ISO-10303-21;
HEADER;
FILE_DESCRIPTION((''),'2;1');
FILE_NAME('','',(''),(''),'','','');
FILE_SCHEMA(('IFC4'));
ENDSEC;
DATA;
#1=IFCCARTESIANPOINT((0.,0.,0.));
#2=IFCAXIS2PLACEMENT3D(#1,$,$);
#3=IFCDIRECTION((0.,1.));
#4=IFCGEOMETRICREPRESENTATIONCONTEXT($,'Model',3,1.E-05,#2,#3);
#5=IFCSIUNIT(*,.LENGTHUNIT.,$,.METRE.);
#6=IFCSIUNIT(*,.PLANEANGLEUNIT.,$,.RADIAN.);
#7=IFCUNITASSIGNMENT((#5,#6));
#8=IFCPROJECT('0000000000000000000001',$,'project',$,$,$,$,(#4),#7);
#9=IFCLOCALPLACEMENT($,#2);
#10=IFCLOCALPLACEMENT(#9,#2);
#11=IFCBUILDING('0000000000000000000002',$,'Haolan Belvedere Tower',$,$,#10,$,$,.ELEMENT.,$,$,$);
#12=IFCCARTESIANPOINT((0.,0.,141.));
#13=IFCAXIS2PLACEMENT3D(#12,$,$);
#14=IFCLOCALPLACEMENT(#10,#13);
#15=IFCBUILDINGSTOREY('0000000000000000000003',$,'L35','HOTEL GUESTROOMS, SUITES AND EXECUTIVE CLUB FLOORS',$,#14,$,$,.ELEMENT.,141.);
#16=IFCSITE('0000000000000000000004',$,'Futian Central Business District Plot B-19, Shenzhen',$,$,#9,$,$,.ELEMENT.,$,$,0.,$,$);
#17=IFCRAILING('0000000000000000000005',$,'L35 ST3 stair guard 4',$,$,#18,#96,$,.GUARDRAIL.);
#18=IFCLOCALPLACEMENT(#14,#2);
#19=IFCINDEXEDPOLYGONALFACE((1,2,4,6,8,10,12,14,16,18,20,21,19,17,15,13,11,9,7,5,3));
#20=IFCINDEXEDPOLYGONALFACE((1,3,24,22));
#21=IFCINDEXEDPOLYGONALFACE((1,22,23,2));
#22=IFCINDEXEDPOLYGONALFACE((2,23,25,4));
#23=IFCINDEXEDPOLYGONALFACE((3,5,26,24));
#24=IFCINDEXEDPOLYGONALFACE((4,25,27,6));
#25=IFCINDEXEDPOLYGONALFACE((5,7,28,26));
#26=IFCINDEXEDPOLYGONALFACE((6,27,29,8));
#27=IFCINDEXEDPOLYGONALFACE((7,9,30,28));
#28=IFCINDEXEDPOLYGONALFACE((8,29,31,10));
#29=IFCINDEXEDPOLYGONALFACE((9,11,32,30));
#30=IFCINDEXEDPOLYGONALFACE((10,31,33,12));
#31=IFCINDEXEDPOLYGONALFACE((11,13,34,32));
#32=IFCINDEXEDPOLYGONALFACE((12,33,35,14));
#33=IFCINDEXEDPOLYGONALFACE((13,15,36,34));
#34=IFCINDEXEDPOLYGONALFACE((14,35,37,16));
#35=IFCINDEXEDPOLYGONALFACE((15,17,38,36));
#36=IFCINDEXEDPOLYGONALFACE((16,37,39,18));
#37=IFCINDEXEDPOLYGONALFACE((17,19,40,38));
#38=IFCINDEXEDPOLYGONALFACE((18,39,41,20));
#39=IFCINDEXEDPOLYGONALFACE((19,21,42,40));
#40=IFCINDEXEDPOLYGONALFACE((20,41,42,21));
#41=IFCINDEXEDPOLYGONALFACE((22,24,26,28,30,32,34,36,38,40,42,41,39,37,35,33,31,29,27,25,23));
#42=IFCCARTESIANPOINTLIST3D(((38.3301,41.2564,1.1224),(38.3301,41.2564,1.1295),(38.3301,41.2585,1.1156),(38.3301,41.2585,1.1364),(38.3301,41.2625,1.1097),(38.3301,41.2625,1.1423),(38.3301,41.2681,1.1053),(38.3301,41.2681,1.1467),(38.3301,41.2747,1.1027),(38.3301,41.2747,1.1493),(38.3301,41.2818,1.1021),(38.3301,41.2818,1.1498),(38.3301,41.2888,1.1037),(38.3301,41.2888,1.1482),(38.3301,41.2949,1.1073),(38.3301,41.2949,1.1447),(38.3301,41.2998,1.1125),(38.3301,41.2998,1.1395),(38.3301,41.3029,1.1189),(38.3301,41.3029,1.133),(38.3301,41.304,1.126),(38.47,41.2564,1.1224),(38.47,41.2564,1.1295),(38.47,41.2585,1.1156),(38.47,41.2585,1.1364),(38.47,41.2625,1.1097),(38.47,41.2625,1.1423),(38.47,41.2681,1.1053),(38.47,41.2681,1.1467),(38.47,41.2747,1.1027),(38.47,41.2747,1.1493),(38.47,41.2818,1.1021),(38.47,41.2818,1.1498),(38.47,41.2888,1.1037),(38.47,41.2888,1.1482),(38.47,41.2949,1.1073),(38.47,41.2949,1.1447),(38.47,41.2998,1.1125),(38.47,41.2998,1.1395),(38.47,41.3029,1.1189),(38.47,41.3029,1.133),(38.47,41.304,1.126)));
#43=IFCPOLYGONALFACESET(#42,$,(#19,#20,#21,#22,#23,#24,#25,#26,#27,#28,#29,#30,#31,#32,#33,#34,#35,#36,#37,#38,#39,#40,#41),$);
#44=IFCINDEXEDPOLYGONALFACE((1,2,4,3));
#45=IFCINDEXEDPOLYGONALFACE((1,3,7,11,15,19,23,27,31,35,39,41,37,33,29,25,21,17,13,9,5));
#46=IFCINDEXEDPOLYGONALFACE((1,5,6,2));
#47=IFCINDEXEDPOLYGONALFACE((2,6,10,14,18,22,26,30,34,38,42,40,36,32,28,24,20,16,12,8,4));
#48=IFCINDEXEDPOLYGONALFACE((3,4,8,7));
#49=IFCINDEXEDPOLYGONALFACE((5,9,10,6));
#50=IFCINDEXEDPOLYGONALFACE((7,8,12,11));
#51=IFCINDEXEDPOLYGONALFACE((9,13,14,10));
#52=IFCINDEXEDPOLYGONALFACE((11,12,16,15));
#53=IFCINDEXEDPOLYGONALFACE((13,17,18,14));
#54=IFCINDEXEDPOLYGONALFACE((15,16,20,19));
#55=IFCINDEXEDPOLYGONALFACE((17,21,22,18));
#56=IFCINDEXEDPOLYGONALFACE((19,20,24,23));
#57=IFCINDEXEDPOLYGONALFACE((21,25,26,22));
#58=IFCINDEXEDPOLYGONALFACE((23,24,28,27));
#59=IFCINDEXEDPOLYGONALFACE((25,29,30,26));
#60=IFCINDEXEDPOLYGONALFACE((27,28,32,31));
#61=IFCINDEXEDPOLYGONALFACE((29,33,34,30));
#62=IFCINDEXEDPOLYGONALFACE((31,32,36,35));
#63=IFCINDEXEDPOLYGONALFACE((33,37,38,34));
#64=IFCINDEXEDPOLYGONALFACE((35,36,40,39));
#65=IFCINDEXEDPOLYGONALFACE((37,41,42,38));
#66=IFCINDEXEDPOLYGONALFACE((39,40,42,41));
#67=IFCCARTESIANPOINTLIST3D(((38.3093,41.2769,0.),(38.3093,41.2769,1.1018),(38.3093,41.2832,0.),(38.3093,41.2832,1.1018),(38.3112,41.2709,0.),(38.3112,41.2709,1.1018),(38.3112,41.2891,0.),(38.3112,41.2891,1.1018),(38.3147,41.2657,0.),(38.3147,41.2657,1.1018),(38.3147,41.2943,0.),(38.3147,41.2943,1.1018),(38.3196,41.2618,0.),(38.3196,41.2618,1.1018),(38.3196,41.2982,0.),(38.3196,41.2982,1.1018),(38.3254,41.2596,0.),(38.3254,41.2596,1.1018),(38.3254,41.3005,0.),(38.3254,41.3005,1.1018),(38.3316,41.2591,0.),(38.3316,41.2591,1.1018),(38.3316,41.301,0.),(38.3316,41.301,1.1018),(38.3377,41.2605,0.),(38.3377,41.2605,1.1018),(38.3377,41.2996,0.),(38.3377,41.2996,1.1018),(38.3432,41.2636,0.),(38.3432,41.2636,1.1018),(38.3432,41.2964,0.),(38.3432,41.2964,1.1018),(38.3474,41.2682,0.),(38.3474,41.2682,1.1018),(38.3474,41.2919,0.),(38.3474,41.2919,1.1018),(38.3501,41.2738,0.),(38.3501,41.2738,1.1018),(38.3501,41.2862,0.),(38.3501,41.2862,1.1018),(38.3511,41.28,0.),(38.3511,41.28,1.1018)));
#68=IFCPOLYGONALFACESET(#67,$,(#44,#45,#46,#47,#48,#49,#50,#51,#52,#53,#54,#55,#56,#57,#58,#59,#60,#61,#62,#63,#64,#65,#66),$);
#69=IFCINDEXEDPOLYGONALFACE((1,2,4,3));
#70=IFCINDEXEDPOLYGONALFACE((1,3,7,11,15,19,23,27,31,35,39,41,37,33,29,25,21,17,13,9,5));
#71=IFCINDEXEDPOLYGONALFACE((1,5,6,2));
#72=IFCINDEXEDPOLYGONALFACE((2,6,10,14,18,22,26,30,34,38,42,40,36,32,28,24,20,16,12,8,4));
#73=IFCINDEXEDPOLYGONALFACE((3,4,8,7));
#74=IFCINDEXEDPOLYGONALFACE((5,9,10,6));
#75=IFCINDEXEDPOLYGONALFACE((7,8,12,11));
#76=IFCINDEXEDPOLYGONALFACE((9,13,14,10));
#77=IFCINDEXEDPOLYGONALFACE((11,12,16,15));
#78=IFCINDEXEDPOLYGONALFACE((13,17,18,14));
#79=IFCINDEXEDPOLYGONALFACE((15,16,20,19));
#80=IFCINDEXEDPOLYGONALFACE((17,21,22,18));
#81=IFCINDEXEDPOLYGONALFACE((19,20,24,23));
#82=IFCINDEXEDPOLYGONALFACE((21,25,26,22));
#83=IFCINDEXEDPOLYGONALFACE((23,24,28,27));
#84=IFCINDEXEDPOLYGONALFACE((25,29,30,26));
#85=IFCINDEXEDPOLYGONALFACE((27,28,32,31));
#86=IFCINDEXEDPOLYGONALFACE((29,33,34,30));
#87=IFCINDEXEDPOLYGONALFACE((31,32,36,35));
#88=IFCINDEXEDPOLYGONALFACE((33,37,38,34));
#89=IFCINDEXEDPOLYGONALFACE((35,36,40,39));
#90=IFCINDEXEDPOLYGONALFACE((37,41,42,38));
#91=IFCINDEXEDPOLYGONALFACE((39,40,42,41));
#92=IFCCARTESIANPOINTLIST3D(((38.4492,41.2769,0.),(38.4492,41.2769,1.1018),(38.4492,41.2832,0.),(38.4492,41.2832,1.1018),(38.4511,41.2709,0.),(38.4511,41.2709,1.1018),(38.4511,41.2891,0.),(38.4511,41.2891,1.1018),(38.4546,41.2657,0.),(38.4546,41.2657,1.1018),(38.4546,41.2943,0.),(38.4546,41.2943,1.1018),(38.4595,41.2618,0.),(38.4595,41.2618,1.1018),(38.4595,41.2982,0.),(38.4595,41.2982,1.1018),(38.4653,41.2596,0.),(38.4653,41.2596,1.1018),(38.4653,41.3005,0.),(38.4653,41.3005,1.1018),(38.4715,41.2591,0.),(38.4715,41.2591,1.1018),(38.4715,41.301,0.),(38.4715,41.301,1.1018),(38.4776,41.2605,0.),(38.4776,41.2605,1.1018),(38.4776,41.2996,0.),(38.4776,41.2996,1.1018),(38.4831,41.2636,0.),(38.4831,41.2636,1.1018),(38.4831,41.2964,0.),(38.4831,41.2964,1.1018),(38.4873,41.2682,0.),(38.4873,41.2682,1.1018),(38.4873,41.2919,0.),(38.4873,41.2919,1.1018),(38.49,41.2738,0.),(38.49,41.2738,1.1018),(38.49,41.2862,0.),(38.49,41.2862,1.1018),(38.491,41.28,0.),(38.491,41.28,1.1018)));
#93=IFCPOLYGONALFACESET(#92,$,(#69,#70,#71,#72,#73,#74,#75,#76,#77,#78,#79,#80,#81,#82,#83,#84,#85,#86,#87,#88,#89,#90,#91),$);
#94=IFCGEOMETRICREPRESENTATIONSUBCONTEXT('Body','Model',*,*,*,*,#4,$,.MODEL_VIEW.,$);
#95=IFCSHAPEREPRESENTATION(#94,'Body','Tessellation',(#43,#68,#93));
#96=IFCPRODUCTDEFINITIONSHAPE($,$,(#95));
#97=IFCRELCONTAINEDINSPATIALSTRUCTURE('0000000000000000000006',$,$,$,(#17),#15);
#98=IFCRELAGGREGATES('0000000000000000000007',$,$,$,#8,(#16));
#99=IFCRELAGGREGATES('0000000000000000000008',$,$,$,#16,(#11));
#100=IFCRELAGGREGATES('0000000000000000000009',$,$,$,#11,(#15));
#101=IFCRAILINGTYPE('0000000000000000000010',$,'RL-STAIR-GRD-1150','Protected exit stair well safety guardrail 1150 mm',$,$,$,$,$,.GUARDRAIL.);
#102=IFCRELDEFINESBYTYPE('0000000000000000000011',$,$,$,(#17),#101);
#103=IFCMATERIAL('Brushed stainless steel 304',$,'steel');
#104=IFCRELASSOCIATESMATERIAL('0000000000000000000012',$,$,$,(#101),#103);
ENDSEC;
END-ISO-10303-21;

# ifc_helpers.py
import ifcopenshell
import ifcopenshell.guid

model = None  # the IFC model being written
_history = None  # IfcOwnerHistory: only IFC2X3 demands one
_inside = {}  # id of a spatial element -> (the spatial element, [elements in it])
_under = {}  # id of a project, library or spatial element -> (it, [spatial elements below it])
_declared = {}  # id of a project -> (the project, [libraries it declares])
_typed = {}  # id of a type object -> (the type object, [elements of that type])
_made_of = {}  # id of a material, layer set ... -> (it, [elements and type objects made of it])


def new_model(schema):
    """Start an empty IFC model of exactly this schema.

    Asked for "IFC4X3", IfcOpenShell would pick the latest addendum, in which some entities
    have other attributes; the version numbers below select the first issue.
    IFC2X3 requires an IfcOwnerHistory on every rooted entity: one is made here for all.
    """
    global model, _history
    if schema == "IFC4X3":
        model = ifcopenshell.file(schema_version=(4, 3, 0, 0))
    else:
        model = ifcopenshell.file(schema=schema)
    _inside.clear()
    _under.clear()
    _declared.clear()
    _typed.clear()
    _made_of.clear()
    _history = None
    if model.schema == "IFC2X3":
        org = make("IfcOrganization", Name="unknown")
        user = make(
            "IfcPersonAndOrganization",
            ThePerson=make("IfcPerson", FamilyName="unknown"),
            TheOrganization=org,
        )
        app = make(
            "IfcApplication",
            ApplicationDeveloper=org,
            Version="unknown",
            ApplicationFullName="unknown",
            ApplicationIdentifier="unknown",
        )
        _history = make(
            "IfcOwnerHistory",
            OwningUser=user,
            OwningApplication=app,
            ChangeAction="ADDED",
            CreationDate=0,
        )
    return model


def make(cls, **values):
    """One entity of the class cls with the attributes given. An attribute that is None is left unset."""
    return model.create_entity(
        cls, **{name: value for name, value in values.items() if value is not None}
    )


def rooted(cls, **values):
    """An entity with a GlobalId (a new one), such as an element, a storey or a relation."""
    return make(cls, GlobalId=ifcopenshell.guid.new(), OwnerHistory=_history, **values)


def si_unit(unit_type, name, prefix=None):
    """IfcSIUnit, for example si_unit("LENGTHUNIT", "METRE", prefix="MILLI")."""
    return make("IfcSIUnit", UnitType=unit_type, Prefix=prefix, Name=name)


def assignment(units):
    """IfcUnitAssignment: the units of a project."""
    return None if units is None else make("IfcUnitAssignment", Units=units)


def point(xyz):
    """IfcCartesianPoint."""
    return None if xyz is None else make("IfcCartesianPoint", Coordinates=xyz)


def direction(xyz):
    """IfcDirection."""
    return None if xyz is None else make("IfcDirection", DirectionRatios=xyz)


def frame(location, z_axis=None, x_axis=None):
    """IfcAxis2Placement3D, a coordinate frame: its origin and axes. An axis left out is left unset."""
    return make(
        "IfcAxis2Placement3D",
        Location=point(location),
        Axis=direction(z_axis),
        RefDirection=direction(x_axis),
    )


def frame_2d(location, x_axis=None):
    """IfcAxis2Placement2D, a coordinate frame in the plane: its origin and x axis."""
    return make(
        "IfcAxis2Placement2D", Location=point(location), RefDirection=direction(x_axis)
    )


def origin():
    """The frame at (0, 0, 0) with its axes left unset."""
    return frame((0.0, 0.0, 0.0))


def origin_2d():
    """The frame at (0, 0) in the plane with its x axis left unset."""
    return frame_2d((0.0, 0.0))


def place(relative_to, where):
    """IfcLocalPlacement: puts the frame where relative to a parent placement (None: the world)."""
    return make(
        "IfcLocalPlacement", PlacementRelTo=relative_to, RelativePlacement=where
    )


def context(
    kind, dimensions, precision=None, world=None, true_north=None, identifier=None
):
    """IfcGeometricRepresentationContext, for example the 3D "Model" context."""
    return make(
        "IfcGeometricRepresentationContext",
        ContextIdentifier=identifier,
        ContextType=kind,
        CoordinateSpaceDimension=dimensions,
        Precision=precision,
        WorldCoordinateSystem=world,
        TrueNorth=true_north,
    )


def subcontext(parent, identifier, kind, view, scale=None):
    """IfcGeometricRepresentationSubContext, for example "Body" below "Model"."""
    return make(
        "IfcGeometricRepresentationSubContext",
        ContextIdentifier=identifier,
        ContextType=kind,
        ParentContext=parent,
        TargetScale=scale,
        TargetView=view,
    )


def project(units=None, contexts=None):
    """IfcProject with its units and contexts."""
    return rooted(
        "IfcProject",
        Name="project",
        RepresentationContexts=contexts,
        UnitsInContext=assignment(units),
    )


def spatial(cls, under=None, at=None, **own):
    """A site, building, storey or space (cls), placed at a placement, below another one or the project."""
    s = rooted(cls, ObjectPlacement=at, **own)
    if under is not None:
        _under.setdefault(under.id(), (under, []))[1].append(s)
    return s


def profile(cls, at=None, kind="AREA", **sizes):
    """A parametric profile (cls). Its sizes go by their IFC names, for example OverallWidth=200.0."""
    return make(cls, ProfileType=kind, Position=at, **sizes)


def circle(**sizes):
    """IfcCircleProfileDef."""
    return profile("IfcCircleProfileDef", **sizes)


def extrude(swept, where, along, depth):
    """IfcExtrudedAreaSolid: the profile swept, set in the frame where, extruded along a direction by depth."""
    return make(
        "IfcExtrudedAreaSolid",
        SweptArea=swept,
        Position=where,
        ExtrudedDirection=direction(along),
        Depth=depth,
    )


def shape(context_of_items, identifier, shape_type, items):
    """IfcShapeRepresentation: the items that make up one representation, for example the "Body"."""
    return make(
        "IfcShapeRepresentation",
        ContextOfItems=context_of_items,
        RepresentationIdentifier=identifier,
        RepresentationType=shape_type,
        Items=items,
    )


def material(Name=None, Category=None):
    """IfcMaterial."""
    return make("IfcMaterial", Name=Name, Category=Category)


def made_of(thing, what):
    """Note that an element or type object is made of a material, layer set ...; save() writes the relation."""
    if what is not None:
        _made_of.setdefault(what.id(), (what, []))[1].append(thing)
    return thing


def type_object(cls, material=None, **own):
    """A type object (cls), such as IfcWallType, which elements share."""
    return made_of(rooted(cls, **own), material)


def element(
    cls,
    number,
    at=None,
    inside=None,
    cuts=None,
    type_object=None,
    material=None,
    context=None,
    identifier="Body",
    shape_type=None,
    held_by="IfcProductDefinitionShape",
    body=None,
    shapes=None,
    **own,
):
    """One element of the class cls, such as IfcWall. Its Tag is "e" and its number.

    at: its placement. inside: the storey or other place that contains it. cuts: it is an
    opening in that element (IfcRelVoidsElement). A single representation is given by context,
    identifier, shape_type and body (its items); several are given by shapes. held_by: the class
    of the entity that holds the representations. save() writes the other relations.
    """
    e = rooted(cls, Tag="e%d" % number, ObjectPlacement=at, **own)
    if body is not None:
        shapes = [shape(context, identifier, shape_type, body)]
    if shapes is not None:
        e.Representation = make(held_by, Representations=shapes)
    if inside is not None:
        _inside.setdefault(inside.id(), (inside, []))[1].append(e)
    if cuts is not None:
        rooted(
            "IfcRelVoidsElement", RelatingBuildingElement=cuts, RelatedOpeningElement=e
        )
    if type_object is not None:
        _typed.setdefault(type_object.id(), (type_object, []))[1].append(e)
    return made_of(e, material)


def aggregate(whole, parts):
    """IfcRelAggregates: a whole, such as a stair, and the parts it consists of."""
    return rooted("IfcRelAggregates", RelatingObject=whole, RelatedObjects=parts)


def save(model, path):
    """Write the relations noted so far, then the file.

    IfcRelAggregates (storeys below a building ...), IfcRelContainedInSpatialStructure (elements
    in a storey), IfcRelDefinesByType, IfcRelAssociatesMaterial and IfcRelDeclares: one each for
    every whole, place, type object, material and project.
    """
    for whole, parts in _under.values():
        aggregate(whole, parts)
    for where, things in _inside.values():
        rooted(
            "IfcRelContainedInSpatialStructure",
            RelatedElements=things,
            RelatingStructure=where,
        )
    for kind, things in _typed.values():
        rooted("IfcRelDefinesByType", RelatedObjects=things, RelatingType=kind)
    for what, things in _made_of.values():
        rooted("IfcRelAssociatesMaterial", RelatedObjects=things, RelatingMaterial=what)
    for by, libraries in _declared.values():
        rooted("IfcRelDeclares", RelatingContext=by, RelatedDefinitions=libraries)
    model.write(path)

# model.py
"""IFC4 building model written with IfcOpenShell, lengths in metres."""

from ifc_helpers import new_model, si_unit, direction, frame, origin, origin_2d, place, context, subcontext, project, spatial, circle, extrude, material, type_object, element, save


model = new_model("IFC4")

# Units and contexts
model_context = context("Model", 3, precision=1e-05, world=origin(), true_north=direction((0.0, 1.0)))
body_context = subcontext(model_context, "Body", "Model", "MODEL_VIEW")
ifc_project = project(units=[si_unit("LENGTHUNIT", "METRE"), si_unit("PLANEANGLEUNIT", "RADIAN")], contexts=[model_context])

# Site, building, storey
site_placement = place(None, origin())
site = spatial("IfcSite", under=ifc_project, at=site_placement, Name="Futian Central Business District Plot B-19, Shenzhen", CompositionType="ELEMENT", RefElevation=0.0)
building_placement = place(site_placement, origin())
building = spatial("IfcBuilding", under=site, at=building_placement, Name="Haolan Belvedere Tower", CompositionType="ELEMENT")
storey_placement = place(building_placement, frame((0.0, 0.0, 141.0)))
storey = spatial("IfcBuildingStorey", under=building, at=storey_placement, Name="L35", Description="HOTEL GUESTROOMS, SUITES AND EXECUTIVE CLUB FLOORS", CompositionType="ELEMENT", Elevation=141.0)

# Railing
ifc_material_1 = material(Name="Brushed stainless steel 304", Category="steel")
railing_type_1 = type_object("IfcRailingType", Name="RL-STAIR-GRD-1150", Description="Protected exit stair well safety guardrail 1150 mm", PredefinedType="GUARDRAIL", material=ifc_material_1)
railing_1_placement = place(storey_placement, frame((38.3301, 41.28, 0.0)))
element("IfcRailing", 1, at=railing_1_placement, inside=storey, type_object=railing_type_1, Name="L35 ST3 stair guard 4", PredefinedType="GUARDRAIL", context=body_context, shape_type="SweptSolid", body=[
    extrude(circle(Radius=0.0239, at=origin_2d()), frame((0.0, 0.0, 1.126), z_axis=(1.0, 0.0, 0.0), x_axis=(0.0, 1.0, 0.0)), (0.0, 0.0, 1.0), 0.1399),
    extrude(circle(Radius=0.021, at=origin_2d()), origin(), (0.0, 0.0, 1.0), 1.1018),
    extrude(circle(Radius=0.021, at=origin_2d()), frame((0.1399, 0.0, 0.0)), (0.0, 0.0, 1.0), 1.1018),
])

save(model, "model.ifc")
